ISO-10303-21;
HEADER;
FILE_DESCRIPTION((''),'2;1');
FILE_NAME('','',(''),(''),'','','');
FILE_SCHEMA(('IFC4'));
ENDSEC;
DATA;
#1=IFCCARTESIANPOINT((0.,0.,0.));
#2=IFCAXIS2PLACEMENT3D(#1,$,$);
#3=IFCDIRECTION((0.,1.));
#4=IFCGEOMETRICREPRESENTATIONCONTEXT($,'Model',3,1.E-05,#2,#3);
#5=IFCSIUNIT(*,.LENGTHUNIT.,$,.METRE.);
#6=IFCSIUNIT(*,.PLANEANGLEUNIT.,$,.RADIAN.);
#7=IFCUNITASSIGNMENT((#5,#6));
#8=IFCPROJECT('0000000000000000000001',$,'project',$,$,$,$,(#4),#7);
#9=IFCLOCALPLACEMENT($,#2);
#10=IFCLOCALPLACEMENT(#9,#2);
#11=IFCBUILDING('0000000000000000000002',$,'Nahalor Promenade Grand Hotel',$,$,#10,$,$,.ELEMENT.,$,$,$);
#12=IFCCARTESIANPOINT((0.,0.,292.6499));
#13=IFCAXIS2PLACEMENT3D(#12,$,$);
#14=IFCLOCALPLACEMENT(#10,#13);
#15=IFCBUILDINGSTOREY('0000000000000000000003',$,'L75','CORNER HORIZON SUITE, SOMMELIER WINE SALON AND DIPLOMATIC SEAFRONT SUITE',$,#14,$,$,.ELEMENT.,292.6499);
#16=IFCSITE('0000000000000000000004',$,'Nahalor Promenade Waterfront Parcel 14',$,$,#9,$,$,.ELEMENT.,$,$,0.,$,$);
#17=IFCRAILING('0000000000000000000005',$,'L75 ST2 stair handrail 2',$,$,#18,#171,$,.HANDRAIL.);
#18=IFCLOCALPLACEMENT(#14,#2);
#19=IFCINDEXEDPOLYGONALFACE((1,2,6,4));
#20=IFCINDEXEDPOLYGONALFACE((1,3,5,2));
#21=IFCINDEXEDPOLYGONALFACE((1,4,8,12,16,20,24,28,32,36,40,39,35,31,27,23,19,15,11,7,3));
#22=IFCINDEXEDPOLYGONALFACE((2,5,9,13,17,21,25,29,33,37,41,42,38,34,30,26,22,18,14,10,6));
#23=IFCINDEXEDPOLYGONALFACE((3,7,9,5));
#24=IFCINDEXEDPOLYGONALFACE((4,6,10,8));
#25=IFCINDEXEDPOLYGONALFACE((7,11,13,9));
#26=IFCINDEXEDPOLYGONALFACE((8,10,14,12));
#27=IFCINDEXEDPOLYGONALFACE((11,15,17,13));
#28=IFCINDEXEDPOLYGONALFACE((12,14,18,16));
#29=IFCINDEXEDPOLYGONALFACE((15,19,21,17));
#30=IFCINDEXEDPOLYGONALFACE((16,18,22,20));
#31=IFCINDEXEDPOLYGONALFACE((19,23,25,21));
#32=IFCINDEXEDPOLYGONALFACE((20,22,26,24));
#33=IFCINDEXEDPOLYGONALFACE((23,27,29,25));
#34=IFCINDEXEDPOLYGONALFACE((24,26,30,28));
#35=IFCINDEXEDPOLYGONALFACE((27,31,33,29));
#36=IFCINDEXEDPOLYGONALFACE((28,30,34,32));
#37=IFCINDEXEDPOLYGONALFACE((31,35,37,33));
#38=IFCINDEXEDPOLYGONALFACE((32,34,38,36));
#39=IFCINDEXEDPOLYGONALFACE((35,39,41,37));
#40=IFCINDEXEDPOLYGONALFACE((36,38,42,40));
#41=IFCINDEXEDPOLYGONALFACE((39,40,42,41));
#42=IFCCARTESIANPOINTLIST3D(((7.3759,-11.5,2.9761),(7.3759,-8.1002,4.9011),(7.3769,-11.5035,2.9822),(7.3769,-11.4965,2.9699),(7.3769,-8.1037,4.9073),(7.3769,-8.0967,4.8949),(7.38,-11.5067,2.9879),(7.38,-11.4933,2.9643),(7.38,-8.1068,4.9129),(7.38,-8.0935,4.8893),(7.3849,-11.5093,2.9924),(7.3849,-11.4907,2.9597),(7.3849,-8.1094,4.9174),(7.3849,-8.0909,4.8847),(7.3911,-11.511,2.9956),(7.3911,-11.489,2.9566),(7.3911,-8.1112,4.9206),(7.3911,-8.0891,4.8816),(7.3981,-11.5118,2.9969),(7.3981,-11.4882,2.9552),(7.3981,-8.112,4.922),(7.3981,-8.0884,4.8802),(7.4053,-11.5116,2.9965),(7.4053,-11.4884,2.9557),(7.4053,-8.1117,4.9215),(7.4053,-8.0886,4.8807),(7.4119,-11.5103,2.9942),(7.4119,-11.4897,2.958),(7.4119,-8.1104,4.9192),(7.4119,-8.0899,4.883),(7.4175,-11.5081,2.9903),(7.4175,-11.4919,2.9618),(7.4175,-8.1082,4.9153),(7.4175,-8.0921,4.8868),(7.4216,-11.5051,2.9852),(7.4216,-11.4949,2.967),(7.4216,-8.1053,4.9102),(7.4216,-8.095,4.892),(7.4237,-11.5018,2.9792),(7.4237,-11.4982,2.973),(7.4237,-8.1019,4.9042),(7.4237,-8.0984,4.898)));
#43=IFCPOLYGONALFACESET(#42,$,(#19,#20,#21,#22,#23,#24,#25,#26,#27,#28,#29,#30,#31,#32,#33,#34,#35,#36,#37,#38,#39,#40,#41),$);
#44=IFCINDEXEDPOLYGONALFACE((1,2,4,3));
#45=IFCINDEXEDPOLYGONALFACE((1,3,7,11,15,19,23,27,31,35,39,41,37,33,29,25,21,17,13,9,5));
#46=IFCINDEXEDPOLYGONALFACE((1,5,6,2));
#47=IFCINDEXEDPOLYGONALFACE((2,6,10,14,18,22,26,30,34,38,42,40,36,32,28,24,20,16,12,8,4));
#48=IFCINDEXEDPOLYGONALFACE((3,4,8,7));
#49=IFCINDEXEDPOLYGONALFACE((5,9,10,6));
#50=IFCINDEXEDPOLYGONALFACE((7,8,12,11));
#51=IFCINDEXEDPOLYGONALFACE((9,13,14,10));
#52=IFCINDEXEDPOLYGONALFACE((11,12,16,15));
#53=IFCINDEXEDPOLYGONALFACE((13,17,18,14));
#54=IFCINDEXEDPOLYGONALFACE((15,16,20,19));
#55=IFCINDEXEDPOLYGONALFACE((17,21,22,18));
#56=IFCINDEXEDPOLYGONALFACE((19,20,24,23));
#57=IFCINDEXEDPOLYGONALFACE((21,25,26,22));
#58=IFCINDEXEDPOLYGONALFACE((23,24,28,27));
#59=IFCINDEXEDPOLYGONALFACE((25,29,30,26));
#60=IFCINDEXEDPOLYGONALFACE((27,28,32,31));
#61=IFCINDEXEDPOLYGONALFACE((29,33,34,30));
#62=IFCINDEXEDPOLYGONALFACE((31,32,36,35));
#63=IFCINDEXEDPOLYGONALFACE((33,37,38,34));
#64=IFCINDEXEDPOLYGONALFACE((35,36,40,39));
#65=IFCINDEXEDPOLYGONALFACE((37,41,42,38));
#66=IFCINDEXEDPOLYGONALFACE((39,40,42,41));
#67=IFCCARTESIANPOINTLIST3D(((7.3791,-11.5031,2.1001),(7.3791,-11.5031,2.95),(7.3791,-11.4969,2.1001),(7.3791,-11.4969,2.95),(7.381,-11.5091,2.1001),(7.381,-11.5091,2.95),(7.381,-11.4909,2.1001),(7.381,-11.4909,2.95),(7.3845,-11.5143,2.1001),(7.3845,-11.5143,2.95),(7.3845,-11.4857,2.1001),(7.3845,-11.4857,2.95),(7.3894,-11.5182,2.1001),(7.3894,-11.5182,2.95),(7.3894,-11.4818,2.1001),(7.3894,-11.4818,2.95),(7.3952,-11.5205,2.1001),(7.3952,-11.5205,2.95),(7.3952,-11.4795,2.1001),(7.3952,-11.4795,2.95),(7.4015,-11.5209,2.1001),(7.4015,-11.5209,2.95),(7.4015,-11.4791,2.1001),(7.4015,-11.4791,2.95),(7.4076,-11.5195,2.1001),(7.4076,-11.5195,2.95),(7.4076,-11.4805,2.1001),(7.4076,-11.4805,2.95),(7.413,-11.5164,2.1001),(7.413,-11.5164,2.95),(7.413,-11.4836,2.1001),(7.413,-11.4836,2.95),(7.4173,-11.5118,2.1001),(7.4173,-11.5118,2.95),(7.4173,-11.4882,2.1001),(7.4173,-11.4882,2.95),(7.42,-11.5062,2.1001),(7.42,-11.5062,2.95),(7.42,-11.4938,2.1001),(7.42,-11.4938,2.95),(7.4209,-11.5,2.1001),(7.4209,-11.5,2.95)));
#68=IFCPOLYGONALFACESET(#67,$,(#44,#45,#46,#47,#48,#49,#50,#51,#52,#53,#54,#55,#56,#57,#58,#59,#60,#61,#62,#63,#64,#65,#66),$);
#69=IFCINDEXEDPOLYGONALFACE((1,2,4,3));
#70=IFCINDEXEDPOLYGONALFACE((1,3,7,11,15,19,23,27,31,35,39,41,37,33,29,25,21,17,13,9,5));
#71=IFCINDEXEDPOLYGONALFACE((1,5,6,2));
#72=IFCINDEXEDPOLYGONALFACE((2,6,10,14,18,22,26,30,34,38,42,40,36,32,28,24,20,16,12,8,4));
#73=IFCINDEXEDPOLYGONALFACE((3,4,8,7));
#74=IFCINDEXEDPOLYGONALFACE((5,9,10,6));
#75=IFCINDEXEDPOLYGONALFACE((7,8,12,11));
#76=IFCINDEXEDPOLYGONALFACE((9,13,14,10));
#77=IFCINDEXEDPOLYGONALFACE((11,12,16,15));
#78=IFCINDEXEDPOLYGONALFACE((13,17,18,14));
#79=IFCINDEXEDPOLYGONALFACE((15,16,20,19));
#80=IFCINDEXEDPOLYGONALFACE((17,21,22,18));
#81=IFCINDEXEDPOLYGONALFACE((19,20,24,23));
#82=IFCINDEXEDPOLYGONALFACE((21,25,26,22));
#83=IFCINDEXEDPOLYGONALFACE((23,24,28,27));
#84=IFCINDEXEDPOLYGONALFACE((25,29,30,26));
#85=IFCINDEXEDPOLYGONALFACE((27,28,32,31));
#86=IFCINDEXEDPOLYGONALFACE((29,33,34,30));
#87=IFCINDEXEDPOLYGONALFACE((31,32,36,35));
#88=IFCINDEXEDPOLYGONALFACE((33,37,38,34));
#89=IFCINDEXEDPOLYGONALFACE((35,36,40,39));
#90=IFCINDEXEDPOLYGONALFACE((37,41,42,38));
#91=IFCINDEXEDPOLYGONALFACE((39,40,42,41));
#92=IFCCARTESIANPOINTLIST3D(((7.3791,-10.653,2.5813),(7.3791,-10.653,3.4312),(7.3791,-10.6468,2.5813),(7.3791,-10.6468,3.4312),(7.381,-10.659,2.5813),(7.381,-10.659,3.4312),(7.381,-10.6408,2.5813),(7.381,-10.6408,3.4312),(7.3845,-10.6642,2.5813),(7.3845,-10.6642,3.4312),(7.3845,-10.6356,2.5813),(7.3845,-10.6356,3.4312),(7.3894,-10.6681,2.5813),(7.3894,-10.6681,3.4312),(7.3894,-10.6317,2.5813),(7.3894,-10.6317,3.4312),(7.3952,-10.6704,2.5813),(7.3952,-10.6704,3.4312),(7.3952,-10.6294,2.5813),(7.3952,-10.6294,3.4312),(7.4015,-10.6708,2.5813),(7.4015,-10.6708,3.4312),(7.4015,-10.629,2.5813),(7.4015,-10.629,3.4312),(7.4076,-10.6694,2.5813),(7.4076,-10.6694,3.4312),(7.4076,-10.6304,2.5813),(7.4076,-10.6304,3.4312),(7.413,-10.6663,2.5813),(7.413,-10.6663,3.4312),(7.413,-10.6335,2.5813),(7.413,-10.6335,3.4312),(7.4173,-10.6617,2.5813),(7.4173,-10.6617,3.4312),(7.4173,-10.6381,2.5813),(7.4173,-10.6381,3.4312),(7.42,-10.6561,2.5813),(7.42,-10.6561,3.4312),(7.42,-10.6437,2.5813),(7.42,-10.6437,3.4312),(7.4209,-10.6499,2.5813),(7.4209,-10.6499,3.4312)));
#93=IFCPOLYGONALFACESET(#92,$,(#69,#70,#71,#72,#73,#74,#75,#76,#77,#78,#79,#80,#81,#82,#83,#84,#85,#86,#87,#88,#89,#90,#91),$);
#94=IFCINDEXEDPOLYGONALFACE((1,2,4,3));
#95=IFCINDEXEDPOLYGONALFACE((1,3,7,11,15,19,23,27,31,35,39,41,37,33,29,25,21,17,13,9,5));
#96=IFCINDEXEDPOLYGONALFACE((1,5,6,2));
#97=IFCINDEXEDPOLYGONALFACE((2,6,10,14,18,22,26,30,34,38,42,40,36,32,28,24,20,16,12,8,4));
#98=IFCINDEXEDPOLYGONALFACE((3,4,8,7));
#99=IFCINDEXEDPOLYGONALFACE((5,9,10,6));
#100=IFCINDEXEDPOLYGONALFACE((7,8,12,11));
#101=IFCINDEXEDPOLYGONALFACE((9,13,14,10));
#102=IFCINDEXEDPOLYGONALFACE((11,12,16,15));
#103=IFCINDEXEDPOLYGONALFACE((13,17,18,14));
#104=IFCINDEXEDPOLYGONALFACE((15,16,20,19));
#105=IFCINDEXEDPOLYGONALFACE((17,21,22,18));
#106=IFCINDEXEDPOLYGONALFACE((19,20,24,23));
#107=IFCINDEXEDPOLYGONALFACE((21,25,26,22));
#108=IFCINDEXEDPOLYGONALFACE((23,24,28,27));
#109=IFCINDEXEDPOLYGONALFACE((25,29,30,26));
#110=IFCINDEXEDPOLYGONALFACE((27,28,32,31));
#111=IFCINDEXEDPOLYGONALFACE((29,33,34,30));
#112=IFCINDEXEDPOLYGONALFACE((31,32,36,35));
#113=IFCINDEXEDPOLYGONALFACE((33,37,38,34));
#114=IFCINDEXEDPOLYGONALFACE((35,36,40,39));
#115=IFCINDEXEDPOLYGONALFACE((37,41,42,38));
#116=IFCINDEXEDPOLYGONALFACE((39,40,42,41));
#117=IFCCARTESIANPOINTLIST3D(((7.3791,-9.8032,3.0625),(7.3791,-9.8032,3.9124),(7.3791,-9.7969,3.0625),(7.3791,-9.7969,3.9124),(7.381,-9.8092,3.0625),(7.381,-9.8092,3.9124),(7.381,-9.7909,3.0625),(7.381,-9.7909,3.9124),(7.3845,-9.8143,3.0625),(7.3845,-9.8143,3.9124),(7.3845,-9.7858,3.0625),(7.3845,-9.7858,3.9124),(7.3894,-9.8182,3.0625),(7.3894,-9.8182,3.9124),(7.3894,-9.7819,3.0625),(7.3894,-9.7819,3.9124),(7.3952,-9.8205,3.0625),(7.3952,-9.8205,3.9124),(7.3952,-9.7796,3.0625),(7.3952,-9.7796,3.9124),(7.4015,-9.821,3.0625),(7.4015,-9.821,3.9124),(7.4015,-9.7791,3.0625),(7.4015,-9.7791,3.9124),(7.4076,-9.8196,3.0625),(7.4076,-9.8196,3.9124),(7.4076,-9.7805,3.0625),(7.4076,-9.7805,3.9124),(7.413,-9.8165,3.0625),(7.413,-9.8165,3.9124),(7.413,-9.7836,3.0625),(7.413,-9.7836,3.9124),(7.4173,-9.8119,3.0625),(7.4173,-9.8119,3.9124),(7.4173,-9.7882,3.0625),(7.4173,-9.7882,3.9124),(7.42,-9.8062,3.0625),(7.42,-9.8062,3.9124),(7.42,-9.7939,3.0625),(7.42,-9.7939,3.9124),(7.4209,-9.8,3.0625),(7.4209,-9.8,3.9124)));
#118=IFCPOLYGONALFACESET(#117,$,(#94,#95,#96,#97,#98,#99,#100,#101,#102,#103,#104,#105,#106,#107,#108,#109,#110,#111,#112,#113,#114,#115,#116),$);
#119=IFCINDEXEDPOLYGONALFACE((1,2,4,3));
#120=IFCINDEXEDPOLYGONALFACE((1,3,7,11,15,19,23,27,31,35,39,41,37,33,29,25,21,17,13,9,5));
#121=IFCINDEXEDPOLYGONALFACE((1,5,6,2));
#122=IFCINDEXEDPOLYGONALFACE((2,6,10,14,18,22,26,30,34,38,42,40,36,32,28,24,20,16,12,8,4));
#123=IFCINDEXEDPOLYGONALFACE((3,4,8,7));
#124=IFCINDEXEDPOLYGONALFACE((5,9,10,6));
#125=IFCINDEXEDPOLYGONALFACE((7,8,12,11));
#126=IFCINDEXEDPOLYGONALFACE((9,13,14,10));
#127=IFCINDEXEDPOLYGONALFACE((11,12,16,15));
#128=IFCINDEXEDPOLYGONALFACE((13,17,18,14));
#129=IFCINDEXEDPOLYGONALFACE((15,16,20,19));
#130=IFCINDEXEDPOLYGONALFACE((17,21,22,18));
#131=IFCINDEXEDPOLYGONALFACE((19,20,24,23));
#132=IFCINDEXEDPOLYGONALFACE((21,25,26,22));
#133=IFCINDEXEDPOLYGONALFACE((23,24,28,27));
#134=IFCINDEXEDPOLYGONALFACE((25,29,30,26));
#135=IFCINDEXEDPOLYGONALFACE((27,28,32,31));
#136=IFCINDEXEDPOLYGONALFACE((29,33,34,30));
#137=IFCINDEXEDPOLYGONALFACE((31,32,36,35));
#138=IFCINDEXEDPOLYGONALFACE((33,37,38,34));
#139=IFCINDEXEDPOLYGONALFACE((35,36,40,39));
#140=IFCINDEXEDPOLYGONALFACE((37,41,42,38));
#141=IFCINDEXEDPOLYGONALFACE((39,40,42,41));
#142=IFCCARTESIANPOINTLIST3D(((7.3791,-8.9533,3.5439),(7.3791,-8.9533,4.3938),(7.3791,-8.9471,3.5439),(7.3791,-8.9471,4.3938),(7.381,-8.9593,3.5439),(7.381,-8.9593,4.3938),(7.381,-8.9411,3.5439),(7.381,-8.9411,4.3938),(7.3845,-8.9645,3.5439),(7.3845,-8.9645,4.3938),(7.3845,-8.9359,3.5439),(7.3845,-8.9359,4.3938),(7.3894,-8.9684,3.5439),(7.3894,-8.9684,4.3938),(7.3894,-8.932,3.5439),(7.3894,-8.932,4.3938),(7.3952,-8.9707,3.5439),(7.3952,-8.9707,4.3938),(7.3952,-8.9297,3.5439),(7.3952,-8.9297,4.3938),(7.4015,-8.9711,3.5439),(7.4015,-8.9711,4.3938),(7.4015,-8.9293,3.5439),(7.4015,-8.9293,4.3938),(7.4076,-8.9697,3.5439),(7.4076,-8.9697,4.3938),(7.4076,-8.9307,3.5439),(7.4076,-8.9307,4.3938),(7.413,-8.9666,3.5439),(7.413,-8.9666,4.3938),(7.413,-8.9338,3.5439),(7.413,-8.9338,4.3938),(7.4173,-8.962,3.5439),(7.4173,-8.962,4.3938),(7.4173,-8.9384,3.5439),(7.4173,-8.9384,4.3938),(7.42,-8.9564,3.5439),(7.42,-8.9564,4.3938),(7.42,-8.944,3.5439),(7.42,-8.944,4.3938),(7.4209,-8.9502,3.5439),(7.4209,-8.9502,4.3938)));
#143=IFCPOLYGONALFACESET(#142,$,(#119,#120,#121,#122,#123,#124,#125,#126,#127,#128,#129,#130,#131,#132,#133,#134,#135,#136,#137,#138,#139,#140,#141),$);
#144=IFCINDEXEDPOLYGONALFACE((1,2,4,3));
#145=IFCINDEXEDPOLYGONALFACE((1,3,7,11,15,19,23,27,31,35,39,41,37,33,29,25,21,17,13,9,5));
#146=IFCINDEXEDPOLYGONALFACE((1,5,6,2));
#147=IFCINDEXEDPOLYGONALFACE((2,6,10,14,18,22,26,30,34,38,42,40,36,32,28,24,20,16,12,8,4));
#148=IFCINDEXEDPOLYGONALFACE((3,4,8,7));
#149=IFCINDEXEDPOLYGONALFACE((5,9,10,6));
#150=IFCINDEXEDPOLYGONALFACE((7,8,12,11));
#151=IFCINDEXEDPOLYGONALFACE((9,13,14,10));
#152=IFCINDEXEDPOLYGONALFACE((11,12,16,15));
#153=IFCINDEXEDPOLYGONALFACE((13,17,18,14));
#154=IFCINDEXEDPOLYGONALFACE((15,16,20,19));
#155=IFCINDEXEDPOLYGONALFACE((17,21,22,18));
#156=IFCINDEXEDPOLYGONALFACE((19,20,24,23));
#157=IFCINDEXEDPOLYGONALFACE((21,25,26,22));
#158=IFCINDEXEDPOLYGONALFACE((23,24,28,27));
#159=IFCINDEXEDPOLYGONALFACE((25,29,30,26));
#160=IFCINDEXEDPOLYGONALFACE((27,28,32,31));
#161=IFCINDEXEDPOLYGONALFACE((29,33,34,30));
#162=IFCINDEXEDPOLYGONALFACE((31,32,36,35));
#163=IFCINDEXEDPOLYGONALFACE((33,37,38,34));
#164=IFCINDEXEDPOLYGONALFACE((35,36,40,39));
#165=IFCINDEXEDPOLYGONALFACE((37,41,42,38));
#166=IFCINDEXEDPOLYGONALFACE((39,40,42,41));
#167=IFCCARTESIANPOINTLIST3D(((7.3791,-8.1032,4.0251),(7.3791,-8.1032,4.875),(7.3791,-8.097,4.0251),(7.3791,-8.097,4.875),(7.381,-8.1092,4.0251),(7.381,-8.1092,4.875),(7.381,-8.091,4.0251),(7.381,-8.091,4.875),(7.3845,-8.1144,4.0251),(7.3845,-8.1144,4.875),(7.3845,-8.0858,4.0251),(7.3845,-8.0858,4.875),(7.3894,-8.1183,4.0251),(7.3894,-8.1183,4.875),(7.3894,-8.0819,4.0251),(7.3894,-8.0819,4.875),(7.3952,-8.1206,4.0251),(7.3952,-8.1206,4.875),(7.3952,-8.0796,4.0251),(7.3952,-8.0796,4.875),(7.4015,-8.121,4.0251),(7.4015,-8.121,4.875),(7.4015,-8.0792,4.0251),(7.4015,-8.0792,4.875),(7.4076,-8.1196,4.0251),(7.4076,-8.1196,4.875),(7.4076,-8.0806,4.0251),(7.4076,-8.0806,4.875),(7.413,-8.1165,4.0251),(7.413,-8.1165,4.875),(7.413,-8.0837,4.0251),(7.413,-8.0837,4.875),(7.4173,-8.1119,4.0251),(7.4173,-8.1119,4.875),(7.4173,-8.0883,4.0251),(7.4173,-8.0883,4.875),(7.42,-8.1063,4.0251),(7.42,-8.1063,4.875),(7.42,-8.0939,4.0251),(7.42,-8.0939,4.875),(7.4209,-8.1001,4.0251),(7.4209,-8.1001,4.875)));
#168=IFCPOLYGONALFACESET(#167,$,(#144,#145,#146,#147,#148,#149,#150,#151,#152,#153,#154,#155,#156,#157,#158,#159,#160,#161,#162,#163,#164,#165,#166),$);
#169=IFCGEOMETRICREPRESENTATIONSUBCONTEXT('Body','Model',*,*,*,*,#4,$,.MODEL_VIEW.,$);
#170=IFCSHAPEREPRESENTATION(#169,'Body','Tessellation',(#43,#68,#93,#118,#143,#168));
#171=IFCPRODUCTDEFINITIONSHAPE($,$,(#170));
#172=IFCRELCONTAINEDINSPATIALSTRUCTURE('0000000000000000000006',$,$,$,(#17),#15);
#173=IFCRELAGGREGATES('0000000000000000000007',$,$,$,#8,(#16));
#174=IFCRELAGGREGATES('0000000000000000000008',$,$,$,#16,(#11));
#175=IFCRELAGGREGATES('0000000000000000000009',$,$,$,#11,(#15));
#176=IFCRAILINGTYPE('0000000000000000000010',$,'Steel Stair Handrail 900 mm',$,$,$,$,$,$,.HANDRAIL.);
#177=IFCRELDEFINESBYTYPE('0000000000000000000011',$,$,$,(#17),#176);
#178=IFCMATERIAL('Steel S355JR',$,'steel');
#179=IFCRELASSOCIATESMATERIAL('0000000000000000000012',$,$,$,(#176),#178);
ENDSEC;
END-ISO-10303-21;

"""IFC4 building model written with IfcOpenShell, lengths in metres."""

from ifc_helpers import new_model, si_unit, direction, frame, origin, origin_2d, place, context, subcontext, project, spatial, circle, extrude, material, type_object, element, save


model = new_model("IFC4")

# Units and contexts
model_context = context("Model", 3, precision=1e-05, world=origin(), true_north=direction((0.0, 1.0)))
body_context = subcontext(model_context, "Body", "Model", "MODEL_VIEW")
ifc_project = project(units=[si_unit("LENGTHUNIT", "METRE"), si_unit("PLANEANGLEUNIT", "RADIAN")], contexts=[model_context])

# Site, building, storey
site_placement = place(None, origin())
site = spatial("IfcSite", under=ifc_project, at=site_placement, Name="Nahalor Promenade Waterfront Parcel 14", CompositionType="ELEMENT", RefElevation=0.0)
building_placement = place(site_placement, origin())
building = spatial("IfcBuilding", under=site, at=building_placement, Name="Nahalor Promenade Grand Hotel", CompositionType="ELEMENT")
storey_placement = place(building_placement, frame((0.0, 0.0, 292.6499)))
storey = spatial("IfcBuildingStorey", under=building, at=storey_placement, Name="L75", Description="CORNER HORIZON SUITE, SOMMELIER WINE SALON AND DIPLOMATIC SEAFRONT SUITE", CompositionType="ELEMENT", Elevation=292.6499)

# Shared definitions
ifc_material_1 = material(Name="Steel S355JR", Category="steel")

# Railing
railing_type_1 = type_object("IfcRailingType", Name="Steel Stair Handrail 900 mm", PredefinedType="HANDRAIL", material=ifc_material_1)
railing_1_placement = place(storey_placement, frame((7.3999, -11.5, 2.1001)))
element("IfcRailing", 1, at=railing_1_placement, inside=storey, type_object=railing_type_1, Name="L75 ST2 stair handrail 2", PredefinedType="HANDRAIL", context=body_context, shape_type="SweptSolid", body=[
    extrude(circle(Radius=0.024, at=origin_2d()), frame((0.0, 0.0, 0.876), z_axis=(0.0, 0.870194, 0.49271), x_axis=(-1.0, 0.0, 0.0)), (0.0, 0.0, 1.0), 3.907),
    extrude(circle(Radius=0.021, at=origin_2d()), origin(), (0.0, 0.0, 1.0), 0.8499),
    extrude(circle(Radius=0.021, at=origin_2d()), frame((0.0, 0.8501, 0.4812)), (0.0, 0.0, 1.0), 0.8499),
    extrude(circle(Radius=0.021, at=origin_2d()), frame((0.0, 1.7, 0.9624)), (0.0, 0.0, 1.0), 0.8499),
    extrude(circle(Radius=0.021, at=origin_2d()), frame((0.0, 2.5498, 1.4438)), (0.0, 0.0, 1.0), 0.8499),
    extrude(circle(Radius=0.021, at=origin_2d()), frame((0.0, 3.3999, 1.925)), (0.0, 0.0, 1.0), 0.8499),
])

save(model, "model.ifc")
